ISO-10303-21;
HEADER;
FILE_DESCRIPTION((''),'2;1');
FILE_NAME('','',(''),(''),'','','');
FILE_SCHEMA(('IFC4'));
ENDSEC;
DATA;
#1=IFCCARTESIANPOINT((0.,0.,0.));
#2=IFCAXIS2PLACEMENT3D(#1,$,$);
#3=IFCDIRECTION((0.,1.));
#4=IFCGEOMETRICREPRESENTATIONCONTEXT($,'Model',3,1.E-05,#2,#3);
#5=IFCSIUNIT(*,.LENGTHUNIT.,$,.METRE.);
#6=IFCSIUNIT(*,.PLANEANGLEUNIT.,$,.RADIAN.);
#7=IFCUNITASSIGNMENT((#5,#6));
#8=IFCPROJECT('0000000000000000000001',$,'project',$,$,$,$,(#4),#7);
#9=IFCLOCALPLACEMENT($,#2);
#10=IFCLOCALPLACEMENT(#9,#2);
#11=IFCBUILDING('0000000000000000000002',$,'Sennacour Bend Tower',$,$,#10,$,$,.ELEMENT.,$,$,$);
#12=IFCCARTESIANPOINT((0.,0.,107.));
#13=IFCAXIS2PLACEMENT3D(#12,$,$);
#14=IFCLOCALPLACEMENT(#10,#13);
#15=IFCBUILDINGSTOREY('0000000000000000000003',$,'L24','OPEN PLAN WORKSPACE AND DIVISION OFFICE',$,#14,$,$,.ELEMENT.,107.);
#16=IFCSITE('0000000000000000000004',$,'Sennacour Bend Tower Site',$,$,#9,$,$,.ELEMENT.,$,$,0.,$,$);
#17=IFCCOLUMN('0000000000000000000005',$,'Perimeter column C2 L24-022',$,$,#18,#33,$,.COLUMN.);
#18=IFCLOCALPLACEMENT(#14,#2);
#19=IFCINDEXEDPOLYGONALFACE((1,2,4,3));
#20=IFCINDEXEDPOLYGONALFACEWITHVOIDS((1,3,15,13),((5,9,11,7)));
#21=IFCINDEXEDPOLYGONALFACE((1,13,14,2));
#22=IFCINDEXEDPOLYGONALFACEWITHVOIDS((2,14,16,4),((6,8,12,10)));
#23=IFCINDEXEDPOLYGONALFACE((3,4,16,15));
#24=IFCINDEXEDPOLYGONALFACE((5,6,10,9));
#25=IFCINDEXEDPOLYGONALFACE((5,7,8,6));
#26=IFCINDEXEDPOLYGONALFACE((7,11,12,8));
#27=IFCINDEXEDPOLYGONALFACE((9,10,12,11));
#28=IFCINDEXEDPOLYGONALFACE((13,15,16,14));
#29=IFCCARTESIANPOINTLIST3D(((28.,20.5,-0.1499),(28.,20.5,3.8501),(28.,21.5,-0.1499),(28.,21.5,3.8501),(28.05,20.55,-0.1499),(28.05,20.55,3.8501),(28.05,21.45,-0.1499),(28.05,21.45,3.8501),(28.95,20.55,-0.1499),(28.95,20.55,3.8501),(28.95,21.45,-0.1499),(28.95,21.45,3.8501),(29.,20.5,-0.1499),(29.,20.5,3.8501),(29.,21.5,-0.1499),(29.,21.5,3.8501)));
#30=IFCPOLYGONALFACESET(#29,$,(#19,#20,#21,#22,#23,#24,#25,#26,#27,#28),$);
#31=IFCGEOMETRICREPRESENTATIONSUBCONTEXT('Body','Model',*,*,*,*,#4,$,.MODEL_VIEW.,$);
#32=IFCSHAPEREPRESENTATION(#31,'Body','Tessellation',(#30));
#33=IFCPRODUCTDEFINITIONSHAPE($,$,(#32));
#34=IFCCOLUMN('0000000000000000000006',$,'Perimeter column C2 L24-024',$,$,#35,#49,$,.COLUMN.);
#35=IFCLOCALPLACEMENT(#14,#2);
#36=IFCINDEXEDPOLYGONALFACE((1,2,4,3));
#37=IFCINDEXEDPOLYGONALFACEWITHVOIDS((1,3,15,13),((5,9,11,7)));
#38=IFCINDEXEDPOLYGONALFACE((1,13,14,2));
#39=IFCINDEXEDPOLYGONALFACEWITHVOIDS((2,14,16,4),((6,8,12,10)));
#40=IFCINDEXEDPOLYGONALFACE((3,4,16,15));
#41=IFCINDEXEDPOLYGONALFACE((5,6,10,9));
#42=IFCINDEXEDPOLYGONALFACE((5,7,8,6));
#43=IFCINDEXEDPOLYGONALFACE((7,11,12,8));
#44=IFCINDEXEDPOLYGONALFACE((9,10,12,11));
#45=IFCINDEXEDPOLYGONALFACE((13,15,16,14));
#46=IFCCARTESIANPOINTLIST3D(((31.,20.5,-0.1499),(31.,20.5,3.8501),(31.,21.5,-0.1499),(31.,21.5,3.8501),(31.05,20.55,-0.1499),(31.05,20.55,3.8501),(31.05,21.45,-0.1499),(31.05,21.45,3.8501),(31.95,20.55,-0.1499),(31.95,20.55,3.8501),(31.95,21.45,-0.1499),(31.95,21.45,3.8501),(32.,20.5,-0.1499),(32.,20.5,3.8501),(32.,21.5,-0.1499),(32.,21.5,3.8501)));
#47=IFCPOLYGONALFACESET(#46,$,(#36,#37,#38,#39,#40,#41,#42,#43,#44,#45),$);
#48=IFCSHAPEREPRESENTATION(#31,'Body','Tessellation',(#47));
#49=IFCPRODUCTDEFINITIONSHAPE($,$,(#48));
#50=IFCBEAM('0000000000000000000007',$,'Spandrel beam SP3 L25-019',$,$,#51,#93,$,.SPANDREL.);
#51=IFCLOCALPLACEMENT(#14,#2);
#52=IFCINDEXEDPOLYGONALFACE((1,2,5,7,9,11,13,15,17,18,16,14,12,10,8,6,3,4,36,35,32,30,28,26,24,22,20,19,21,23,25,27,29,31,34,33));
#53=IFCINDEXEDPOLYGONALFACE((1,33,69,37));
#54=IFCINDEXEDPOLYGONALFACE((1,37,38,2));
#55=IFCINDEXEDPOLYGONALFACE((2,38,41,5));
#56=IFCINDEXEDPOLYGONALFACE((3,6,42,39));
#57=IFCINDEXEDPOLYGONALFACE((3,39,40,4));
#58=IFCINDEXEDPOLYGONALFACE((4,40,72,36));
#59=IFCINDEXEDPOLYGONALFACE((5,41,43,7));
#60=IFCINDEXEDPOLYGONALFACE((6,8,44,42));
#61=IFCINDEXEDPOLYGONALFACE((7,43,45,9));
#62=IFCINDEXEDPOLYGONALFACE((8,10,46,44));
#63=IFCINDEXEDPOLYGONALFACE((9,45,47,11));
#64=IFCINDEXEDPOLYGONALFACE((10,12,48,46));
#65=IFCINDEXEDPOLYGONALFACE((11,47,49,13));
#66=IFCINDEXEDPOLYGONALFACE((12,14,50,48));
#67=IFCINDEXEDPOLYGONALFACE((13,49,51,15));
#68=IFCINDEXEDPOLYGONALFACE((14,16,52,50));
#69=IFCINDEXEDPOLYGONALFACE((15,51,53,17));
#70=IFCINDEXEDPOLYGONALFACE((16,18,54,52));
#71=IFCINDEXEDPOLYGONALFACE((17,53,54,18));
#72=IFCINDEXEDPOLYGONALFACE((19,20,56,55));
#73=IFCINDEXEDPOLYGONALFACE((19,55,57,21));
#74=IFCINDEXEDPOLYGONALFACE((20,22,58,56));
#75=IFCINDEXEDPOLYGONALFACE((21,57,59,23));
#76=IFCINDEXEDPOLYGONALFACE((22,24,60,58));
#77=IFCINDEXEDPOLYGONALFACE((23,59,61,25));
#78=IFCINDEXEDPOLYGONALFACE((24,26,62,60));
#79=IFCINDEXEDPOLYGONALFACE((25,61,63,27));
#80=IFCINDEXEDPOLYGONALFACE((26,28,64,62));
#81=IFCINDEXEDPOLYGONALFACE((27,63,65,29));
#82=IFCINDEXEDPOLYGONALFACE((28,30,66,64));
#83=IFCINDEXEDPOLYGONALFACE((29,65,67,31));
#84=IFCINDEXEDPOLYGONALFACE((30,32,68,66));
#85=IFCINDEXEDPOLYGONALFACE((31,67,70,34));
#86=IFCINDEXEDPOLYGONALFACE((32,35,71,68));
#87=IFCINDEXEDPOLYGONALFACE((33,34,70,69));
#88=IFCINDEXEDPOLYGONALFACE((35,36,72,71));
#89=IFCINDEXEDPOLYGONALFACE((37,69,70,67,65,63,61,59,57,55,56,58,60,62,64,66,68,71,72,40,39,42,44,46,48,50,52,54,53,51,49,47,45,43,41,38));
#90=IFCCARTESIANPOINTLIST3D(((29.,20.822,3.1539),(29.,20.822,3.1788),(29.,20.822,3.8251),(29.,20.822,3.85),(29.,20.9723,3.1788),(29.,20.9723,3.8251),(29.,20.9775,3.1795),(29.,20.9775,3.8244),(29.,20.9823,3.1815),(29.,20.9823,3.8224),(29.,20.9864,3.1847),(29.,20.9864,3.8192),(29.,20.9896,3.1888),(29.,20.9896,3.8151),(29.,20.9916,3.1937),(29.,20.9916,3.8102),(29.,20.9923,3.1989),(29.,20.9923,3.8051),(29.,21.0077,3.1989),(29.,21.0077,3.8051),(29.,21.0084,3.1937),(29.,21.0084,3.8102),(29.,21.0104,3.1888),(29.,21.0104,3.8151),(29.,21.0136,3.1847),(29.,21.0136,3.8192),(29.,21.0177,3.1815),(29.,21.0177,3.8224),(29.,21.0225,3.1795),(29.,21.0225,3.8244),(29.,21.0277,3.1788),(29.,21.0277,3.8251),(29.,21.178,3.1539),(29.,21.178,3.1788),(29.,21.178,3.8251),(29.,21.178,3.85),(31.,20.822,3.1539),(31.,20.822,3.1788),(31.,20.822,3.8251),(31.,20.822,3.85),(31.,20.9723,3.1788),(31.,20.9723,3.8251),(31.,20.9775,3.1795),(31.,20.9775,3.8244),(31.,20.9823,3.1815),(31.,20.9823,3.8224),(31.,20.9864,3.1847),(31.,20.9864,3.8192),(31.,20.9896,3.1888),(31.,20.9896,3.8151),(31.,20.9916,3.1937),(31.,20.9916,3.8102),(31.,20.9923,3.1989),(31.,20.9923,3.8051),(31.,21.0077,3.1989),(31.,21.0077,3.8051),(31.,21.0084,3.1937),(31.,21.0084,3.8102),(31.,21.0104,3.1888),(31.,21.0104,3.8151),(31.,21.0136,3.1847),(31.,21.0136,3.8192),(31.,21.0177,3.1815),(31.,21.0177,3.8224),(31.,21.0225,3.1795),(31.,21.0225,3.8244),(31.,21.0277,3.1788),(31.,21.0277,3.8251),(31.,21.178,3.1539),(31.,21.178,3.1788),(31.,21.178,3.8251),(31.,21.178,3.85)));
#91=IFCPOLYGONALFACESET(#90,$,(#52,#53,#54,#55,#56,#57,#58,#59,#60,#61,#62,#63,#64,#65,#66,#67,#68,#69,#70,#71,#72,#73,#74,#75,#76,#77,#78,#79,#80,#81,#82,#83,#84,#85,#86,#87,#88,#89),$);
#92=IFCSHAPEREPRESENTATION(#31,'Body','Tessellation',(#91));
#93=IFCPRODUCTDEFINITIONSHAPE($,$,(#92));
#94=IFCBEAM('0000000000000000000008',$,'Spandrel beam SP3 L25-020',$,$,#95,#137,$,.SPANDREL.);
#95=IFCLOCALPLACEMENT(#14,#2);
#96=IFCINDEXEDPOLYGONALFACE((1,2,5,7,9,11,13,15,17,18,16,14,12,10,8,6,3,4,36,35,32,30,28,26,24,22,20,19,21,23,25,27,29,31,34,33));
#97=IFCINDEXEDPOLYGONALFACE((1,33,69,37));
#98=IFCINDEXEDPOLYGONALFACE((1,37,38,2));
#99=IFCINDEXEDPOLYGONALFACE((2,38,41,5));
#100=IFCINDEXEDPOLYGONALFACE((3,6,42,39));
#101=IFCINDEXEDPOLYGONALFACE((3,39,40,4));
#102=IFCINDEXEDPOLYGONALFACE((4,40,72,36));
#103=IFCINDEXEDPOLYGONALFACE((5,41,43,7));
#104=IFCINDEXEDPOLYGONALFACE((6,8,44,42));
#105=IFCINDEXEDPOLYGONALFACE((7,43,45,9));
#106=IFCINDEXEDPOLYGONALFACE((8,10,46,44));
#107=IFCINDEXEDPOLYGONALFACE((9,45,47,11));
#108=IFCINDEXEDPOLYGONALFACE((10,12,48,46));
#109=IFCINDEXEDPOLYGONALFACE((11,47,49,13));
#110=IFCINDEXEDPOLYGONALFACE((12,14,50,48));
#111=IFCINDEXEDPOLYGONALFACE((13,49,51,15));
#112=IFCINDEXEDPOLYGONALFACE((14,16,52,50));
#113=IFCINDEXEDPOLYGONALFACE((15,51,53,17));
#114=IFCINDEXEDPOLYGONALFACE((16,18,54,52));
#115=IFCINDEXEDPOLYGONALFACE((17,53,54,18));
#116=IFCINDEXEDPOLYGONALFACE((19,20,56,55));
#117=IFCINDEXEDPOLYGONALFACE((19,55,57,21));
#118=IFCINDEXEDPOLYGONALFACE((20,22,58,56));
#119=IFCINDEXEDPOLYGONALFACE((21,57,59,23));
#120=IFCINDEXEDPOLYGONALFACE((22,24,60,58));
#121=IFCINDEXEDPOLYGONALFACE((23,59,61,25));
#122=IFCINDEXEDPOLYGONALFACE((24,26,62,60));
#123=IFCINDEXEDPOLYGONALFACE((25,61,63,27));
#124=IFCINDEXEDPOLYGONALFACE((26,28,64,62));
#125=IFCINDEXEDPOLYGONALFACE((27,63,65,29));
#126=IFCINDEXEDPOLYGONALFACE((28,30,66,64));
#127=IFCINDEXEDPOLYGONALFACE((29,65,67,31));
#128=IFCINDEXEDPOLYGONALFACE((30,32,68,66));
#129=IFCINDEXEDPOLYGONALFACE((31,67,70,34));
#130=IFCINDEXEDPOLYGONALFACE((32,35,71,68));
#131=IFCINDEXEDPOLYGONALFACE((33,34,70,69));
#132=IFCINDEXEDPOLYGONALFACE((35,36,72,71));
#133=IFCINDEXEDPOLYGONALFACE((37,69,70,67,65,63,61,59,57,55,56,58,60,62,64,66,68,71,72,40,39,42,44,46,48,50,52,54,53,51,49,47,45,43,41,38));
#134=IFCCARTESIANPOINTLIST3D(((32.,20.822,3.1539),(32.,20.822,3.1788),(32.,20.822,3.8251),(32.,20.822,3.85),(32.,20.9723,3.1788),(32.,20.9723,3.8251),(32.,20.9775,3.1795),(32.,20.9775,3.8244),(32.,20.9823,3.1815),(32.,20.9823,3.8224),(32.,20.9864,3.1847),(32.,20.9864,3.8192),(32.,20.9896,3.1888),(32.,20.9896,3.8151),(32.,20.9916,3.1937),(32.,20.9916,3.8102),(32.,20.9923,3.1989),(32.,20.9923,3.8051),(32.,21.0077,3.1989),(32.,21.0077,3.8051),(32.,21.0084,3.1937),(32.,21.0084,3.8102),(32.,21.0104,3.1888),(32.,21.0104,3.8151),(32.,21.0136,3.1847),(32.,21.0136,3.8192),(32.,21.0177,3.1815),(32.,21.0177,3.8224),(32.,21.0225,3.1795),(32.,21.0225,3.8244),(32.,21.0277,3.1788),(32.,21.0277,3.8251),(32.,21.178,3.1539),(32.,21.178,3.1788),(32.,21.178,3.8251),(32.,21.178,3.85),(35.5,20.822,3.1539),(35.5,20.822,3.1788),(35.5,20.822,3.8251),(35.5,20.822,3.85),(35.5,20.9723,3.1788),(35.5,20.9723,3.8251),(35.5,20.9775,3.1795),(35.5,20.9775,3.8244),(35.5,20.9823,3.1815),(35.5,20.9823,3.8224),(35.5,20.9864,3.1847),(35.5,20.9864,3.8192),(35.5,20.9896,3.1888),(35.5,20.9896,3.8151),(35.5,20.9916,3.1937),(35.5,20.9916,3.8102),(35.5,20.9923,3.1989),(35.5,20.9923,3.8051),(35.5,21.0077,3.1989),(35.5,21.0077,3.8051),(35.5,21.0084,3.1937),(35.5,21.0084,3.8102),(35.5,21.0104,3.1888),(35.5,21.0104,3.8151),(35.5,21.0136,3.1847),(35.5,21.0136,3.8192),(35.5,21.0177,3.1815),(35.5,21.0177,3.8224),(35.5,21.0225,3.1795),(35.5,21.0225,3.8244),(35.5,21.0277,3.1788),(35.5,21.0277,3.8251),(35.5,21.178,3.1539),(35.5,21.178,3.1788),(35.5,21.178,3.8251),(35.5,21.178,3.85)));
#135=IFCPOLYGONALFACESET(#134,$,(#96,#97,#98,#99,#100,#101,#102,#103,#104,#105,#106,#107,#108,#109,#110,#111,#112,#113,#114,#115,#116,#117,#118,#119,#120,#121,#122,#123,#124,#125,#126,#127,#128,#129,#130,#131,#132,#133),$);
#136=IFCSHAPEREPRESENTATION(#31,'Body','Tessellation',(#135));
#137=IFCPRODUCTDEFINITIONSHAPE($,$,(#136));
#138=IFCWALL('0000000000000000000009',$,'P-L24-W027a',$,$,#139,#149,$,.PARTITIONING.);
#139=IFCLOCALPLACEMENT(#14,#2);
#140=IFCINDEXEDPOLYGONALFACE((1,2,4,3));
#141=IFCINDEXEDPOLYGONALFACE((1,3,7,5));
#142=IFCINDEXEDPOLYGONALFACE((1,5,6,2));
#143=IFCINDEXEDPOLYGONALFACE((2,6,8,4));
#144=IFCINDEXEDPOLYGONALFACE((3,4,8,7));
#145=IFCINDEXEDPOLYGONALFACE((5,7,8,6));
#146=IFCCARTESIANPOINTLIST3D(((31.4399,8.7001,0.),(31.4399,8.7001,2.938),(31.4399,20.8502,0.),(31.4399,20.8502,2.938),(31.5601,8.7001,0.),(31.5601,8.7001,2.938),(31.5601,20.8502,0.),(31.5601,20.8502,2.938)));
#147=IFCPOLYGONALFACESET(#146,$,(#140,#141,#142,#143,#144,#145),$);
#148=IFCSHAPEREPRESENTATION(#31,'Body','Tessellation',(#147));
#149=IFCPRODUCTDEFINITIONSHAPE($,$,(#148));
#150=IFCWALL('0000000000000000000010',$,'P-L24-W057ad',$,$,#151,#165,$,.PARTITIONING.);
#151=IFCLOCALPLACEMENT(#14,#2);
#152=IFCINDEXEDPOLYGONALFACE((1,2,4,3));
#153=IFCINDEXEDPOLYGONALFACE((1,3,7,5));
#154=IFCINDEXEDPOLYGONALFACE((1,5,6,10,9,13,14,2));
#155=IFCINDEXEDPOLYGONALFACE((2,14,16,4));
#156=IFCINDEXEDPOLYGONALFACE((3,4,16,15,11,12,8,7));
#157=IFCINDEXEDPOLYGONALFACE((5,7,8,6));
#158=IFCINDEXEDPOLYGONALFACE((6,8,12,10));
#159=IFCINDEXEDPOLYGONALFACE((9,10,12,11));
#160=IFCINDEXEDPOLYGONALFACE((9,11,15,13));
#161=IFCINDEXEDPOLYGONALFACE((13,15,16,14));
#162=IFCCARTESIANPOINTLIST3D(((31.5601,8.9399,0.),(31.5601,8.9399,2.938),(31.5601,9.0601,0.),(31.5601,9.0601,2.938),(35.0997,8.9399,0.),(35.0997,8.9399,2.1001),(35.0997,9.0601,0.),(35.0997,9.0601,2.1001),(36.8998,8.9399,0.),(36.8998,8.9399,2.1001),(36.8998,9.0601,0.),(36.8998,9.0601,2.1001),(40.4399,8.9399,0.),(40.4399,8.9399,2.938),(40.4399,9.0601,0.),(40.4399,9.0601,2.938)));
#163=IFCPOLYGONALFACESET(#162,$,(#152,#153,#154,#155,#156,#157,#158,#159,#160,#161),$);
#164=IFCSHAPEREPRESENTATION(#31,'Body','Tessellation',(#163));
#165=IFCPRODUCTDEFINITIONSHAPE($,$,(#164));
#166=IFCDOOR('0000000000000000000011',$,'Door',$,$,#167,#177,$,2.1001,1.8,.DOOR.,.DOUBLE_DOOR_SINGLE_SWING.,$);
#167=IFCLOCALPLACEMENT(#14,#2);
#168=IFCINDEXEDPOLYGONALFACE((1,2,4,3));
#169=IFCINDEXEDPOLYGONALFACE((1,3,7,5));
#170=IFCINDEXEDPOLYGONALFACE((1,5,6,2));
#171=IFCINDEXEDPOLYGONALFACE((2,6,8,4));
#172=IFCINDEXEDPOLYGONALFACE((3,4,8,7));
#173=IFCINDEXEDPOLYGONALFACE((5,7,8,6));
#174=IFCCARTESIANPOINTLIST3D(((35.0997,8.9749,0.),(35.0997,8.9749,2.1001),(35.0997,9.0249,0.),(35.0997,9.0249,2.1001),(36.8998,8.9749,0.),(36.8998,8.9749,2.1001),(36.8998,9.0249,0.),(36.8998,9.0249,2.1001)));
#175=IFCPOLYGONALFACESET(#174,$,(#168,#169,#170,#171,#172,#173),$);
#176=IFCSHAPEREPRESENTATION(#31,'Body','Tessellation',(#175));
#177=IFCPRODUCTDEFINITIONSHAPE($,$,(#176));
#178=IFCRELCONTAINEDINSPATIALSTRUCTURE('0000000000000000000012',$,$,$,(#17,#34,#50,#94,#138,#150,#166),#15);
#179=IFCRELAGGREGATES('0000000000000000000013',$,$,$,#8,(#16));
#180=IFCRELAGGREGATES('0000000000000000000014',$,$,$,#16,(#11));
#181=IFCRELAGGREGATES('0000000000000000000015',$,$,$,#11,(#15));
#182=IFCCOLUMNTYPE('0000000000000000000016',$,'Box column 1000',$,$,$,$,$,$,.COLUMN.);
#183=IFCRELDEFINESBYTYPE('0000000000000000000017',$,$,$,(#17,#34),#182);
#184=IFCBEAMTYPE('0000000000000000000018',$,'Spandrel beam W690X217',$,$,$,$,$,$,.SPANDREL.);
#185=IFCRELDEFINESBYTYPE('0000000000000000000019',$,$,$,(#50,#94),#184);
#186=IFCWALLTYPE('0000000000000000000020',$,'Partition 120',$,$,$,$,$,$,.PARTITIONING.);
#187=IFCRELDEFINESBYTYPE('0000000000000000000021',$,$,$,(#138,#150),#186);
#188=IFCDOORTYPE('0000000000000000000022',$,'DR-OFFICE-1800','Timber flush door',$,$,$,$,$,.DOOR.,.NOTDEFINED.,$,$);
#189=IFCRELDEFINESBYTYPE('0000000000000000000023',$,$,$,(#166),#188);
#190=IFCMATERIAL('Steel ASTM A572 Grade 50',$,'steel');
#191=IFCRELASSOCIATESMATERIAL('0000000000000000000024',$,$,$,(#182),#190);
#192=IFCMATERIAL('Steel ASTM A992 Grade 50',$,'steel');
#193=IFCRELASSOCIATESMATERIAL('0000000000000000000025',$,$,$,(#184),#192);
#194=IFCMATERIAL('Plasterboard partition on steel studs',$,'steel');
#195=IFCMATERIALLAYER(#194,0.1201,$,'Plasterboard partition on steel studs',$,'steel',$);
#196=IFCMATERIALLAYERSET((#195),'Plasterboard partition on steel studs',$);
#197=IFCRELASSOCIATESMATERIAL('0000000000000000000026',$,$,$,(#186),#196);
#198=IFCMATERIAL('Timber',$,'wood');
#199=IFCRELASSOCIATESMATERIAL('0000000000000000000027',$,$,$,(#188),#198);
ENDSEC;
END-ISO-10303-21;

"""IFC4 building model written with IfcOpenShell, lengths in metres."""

from ifc_helpers import new_model, si_unit, direction, frame, frame_2d, origin, origin_2d, place, context, subcontext, project, spatial, rectangle, hollow_rectangle, i_section, extrude, material, layer, layer_set, material_profile, profile_set, type_object, element, fill, save


model = new_model("IFC4")

# Units and contexts
model_context = context("Model", 3, precision=1e-05, world=origin(), true_north=direction((0.0, 1.0)))
body_context = subcontext(model_context, "Body", "Model", "MODEL_VIEW")
ifc_project = project(units=[si_unit("LENGTHUNIT", "METRE"), si_unit("PLANEANGLEUNIT", "RADIAN")], contexts=[model_context])

# Site, building, storey
site_placement = place(None, origin())
site = spatial("IfcSite", under=ifc_project, at=site_placement, Name="Sennacour Bend Tower Site", CompositionType="ELEMENT", RefElevation=0.0)
building_placement = place(site_placement, origin())
building = spatial("IfcBuilding", under=site, at=building_placement, Name="Sennacour Bend Tower", CompositionType="ELEMENT")
storey_placement = place(building_placement, frame((0.0, 0.0, 107.0)))
storey = spatial("IfcBuildingStorey", under=building, at=storey_placement, Name="L24", Description="OPEN PLAN WORKSPACE AND DIVISION OFFICE", CompositionType="ELEMENT", Elevation=107.0)

# Columns
ifc_material_1 = material(Name="Steel ASTM A572 Grade 50", Category="steel")
ifc_material_profile_1 = material_profile(ifc_material_1, hollow_rectangle(XDim=1.0, YDim=1.0, WallThickness=0.05, at=origin_2d()), Name="Steel ASTM A572 Grade 50", Category="steel")
ifc_profile_set_1 = profile_set([ifc_material_profile_1], Name="Steel ASTM A572 Grade 50")
column_type = type_object("IfcColumnType", Name="Box column 1000", PredefinedType="COLUMN", material=ifc_profile_set_1)
for number, where, z_axis, x_axis, name in (
    (1, (28.5, 21.0, -0.1499), (0.0, 0.0, 1.0), (1.0, 0.0, 0.0), "Perimeter column C2 L24-022"),
    (2, (31.5, 21.0, -0.1499), (0.0, 0.0, 1.0), (1.0, 0.0, 0.0), "Perimeter column C2 L24-024"),
):
    element("IfcColumn", number, at=place(storey_placement, frame(where, z_axis=z_axis, x_axis=x_axis)), inside=storey, type_object=column_type, Name=name, PredefinedType="COLUMN", context=body_context, shape_type="SweptSolid", body=[
        extrude(hollow_rectangle(XDim=1.0, YDim=1.0, WallThickness=0.05, at=origin_2d()), origin(), (0.0, 0.0, 1.0), 4.0),
    ])

# Beams
ifc_material_2 = material(Name="Steel ASTM A992 Grade 50", Category="steel")
ifc_material_profile_2 = material_profile(ifc_material_2, i_section(OverallWidth=0.356, OverallDepth=0.696, WebThickness=0.0154, FlangeThickness=0.0249, FilletRadius=0.02, at=origin_2d()), Name="Steel ASTM A992 Grade 50", Category="steel")
ifc_profile_set_2 = profile_set([ifc_material_profile_2], Name="Steel ASTM A992 Grade 50")
beam_type = type_object("IfcBeamType", Name="Spandrel beam W690X217", PredefinedType="SPANDREL", material=ifc_profile_set_2)
beam_1_placement = place(storey_placement, frame((29.0, 21.0, 3.502), z_axis=(1.0, 0.0, 0.0), x_axis=(0.0, 1.0, 0.0)))
element("IfcBeam", 3, at=beam_1_placement, inside=storey, type_object=beam_type, Name="Spandrel beam SP3 L25-019", PredefinedType="SPANDREL", context=body_context, shape_type="SweptSolid", body=[
    extrude(i_section(OverallWidth=0.356, OverallDepth=0.696, WebThickness=0.0154, FlangeThickness=0.0249, FilletRadius=0.02, at=origin_2d()), origin(), (0.0, 0.0, 1.0), 2.0),
])
beam_2_placement = place(storey_placement, frame((32.0, 21.0, 3.502), z_axis=(1.0, 0.0, 0.0), x_axis=(0.0, 1.0, 0.0)))
element("IfcBeam", 4, at=beam_2_placement, inside=storey, type_object=beam_type, Name="Spandrel beam SP3 L25-020", PredefinedType="SPANDREL", context=body_context, shape_type="SweptSolid", body=[
    extrude(i_section(OverallWidth=0.356, OverallDepth=0.696, WebThickness=0.0154, FlangeThickness=0.0249, FilletRadius=0.02, at=origin_2d()), origin(), (0.0, 0.0, 1.0), 3.5),
])

# Wall
ifc_material_3 = material(Name="Plasterboard partition on steel studs", Category="steel")
ifc_layer_1 = layer(ifc_material_3, 0.1201, Name="Plasterboard partition on steel studs", Category="steel")
ifc_layer_set_1 = layer_set([ifc_layer_1], Name="Plasterboard partition on steel studs")
wall_type_1 = type_object("IfcWallType", Name="Partition 120", PredefinedType="PARTITIONING", material=ifc_layer_set_1)
wall_1_placement = place(storey_placement, frame((31.5, 8.7, 0.0), z_axis=(0.0, 0.0, 1.0), x_axis=(0.0, 1.0, 0.0)))
element("IfcWall", 5, at=wall_1_placement, inside=storey, type_object=wall_type_1, Name="P-L24-W027a", PredefinedType="PARTITIONING", context=body_context, shape_type="SweptSolid", body=[
    extrude(rectangle(XDim=12.1501, YDim=0.1201, at=frame_2d((6.0752, 0.0))), origin(), (0.0, 0.0, 1.0), 2.938),
])

# Wall, opening, door
wall_2_placement = place(storey_placement, frame((31.5601, 9.0, 0.0), z_axis=(0.0, 0.0, 1.0), x_axis=(1.0, 0.0, 0.0)))
wall_2 = element("IfcWall", 6, at=wall_2_placement, inside=storey, type_object=wall_type_1, Name="P-L24-W057ad", PredefinedType="PARTITIONING", context=body_context, shape_type="SweptSolid", body=[
    extrude(rectangle(XDim=8.8799, YDim=0.1201, at=frame_2d((4.4399, 0.0))), origin(), (0.0, 0.0, 1.0), 2.938),
])
opening_1_placement = place(wall_2_placement, frame((3.5398, 0.0, 0.0)))
opening_1 = element("IfcOpeningElement", 7, at=opening_1_placement, cuts=wall_2, PredefinedType="OPENING", context=body_context, shape_type="SweptSolid", body=[
    extrude(rectangle(XDim=1.8, YDim=2.1001, at=frame_2d((0.8999, 1.05))), frame((0.0, 0.0701, 0.0), z_axis=(0.0, -1.0, 0.0), x_axis=(1.0, 0.0, 0.0)), (0.0, 0.0, 1.0), 0.1401),
])
ifc_material_4 = material(Name="Timber", Category="wood")
door_type = type_object("IfcDoorType", Name="DR-OFFICE-1800", Description="Timber flush door", OperationType="NOTDEFINED", PredefinedType="DOOR", material=ifc_material_4)
door_placement = place(opening_1_placement, origin())
door = element("IfcDoor", 8, at=door_placement, inside=storey, type_object=door_type, Name="Door", OperationType="DOUBLE_DOOR_SINGLE_SWING", OverallHeight=2.1001, OverallWidth=1.8, PredefinedType="DOOR", context=body_context, shape_type="SweptSolid", body=[
    extrude(rectangle(XDim=1.8, YDim=2.1001, at=frame_2d((0.8999, 1.05))), frame((0.0, 0.0249, 0.0), z_axis=(0.0, -1.0, 0.0), x_axis=(1.0, 0.0, 0.0)), (0.0, 0.0, 1.0), 0.05),
])
fill(opening_1, door)

save(model, "model.ifc")
